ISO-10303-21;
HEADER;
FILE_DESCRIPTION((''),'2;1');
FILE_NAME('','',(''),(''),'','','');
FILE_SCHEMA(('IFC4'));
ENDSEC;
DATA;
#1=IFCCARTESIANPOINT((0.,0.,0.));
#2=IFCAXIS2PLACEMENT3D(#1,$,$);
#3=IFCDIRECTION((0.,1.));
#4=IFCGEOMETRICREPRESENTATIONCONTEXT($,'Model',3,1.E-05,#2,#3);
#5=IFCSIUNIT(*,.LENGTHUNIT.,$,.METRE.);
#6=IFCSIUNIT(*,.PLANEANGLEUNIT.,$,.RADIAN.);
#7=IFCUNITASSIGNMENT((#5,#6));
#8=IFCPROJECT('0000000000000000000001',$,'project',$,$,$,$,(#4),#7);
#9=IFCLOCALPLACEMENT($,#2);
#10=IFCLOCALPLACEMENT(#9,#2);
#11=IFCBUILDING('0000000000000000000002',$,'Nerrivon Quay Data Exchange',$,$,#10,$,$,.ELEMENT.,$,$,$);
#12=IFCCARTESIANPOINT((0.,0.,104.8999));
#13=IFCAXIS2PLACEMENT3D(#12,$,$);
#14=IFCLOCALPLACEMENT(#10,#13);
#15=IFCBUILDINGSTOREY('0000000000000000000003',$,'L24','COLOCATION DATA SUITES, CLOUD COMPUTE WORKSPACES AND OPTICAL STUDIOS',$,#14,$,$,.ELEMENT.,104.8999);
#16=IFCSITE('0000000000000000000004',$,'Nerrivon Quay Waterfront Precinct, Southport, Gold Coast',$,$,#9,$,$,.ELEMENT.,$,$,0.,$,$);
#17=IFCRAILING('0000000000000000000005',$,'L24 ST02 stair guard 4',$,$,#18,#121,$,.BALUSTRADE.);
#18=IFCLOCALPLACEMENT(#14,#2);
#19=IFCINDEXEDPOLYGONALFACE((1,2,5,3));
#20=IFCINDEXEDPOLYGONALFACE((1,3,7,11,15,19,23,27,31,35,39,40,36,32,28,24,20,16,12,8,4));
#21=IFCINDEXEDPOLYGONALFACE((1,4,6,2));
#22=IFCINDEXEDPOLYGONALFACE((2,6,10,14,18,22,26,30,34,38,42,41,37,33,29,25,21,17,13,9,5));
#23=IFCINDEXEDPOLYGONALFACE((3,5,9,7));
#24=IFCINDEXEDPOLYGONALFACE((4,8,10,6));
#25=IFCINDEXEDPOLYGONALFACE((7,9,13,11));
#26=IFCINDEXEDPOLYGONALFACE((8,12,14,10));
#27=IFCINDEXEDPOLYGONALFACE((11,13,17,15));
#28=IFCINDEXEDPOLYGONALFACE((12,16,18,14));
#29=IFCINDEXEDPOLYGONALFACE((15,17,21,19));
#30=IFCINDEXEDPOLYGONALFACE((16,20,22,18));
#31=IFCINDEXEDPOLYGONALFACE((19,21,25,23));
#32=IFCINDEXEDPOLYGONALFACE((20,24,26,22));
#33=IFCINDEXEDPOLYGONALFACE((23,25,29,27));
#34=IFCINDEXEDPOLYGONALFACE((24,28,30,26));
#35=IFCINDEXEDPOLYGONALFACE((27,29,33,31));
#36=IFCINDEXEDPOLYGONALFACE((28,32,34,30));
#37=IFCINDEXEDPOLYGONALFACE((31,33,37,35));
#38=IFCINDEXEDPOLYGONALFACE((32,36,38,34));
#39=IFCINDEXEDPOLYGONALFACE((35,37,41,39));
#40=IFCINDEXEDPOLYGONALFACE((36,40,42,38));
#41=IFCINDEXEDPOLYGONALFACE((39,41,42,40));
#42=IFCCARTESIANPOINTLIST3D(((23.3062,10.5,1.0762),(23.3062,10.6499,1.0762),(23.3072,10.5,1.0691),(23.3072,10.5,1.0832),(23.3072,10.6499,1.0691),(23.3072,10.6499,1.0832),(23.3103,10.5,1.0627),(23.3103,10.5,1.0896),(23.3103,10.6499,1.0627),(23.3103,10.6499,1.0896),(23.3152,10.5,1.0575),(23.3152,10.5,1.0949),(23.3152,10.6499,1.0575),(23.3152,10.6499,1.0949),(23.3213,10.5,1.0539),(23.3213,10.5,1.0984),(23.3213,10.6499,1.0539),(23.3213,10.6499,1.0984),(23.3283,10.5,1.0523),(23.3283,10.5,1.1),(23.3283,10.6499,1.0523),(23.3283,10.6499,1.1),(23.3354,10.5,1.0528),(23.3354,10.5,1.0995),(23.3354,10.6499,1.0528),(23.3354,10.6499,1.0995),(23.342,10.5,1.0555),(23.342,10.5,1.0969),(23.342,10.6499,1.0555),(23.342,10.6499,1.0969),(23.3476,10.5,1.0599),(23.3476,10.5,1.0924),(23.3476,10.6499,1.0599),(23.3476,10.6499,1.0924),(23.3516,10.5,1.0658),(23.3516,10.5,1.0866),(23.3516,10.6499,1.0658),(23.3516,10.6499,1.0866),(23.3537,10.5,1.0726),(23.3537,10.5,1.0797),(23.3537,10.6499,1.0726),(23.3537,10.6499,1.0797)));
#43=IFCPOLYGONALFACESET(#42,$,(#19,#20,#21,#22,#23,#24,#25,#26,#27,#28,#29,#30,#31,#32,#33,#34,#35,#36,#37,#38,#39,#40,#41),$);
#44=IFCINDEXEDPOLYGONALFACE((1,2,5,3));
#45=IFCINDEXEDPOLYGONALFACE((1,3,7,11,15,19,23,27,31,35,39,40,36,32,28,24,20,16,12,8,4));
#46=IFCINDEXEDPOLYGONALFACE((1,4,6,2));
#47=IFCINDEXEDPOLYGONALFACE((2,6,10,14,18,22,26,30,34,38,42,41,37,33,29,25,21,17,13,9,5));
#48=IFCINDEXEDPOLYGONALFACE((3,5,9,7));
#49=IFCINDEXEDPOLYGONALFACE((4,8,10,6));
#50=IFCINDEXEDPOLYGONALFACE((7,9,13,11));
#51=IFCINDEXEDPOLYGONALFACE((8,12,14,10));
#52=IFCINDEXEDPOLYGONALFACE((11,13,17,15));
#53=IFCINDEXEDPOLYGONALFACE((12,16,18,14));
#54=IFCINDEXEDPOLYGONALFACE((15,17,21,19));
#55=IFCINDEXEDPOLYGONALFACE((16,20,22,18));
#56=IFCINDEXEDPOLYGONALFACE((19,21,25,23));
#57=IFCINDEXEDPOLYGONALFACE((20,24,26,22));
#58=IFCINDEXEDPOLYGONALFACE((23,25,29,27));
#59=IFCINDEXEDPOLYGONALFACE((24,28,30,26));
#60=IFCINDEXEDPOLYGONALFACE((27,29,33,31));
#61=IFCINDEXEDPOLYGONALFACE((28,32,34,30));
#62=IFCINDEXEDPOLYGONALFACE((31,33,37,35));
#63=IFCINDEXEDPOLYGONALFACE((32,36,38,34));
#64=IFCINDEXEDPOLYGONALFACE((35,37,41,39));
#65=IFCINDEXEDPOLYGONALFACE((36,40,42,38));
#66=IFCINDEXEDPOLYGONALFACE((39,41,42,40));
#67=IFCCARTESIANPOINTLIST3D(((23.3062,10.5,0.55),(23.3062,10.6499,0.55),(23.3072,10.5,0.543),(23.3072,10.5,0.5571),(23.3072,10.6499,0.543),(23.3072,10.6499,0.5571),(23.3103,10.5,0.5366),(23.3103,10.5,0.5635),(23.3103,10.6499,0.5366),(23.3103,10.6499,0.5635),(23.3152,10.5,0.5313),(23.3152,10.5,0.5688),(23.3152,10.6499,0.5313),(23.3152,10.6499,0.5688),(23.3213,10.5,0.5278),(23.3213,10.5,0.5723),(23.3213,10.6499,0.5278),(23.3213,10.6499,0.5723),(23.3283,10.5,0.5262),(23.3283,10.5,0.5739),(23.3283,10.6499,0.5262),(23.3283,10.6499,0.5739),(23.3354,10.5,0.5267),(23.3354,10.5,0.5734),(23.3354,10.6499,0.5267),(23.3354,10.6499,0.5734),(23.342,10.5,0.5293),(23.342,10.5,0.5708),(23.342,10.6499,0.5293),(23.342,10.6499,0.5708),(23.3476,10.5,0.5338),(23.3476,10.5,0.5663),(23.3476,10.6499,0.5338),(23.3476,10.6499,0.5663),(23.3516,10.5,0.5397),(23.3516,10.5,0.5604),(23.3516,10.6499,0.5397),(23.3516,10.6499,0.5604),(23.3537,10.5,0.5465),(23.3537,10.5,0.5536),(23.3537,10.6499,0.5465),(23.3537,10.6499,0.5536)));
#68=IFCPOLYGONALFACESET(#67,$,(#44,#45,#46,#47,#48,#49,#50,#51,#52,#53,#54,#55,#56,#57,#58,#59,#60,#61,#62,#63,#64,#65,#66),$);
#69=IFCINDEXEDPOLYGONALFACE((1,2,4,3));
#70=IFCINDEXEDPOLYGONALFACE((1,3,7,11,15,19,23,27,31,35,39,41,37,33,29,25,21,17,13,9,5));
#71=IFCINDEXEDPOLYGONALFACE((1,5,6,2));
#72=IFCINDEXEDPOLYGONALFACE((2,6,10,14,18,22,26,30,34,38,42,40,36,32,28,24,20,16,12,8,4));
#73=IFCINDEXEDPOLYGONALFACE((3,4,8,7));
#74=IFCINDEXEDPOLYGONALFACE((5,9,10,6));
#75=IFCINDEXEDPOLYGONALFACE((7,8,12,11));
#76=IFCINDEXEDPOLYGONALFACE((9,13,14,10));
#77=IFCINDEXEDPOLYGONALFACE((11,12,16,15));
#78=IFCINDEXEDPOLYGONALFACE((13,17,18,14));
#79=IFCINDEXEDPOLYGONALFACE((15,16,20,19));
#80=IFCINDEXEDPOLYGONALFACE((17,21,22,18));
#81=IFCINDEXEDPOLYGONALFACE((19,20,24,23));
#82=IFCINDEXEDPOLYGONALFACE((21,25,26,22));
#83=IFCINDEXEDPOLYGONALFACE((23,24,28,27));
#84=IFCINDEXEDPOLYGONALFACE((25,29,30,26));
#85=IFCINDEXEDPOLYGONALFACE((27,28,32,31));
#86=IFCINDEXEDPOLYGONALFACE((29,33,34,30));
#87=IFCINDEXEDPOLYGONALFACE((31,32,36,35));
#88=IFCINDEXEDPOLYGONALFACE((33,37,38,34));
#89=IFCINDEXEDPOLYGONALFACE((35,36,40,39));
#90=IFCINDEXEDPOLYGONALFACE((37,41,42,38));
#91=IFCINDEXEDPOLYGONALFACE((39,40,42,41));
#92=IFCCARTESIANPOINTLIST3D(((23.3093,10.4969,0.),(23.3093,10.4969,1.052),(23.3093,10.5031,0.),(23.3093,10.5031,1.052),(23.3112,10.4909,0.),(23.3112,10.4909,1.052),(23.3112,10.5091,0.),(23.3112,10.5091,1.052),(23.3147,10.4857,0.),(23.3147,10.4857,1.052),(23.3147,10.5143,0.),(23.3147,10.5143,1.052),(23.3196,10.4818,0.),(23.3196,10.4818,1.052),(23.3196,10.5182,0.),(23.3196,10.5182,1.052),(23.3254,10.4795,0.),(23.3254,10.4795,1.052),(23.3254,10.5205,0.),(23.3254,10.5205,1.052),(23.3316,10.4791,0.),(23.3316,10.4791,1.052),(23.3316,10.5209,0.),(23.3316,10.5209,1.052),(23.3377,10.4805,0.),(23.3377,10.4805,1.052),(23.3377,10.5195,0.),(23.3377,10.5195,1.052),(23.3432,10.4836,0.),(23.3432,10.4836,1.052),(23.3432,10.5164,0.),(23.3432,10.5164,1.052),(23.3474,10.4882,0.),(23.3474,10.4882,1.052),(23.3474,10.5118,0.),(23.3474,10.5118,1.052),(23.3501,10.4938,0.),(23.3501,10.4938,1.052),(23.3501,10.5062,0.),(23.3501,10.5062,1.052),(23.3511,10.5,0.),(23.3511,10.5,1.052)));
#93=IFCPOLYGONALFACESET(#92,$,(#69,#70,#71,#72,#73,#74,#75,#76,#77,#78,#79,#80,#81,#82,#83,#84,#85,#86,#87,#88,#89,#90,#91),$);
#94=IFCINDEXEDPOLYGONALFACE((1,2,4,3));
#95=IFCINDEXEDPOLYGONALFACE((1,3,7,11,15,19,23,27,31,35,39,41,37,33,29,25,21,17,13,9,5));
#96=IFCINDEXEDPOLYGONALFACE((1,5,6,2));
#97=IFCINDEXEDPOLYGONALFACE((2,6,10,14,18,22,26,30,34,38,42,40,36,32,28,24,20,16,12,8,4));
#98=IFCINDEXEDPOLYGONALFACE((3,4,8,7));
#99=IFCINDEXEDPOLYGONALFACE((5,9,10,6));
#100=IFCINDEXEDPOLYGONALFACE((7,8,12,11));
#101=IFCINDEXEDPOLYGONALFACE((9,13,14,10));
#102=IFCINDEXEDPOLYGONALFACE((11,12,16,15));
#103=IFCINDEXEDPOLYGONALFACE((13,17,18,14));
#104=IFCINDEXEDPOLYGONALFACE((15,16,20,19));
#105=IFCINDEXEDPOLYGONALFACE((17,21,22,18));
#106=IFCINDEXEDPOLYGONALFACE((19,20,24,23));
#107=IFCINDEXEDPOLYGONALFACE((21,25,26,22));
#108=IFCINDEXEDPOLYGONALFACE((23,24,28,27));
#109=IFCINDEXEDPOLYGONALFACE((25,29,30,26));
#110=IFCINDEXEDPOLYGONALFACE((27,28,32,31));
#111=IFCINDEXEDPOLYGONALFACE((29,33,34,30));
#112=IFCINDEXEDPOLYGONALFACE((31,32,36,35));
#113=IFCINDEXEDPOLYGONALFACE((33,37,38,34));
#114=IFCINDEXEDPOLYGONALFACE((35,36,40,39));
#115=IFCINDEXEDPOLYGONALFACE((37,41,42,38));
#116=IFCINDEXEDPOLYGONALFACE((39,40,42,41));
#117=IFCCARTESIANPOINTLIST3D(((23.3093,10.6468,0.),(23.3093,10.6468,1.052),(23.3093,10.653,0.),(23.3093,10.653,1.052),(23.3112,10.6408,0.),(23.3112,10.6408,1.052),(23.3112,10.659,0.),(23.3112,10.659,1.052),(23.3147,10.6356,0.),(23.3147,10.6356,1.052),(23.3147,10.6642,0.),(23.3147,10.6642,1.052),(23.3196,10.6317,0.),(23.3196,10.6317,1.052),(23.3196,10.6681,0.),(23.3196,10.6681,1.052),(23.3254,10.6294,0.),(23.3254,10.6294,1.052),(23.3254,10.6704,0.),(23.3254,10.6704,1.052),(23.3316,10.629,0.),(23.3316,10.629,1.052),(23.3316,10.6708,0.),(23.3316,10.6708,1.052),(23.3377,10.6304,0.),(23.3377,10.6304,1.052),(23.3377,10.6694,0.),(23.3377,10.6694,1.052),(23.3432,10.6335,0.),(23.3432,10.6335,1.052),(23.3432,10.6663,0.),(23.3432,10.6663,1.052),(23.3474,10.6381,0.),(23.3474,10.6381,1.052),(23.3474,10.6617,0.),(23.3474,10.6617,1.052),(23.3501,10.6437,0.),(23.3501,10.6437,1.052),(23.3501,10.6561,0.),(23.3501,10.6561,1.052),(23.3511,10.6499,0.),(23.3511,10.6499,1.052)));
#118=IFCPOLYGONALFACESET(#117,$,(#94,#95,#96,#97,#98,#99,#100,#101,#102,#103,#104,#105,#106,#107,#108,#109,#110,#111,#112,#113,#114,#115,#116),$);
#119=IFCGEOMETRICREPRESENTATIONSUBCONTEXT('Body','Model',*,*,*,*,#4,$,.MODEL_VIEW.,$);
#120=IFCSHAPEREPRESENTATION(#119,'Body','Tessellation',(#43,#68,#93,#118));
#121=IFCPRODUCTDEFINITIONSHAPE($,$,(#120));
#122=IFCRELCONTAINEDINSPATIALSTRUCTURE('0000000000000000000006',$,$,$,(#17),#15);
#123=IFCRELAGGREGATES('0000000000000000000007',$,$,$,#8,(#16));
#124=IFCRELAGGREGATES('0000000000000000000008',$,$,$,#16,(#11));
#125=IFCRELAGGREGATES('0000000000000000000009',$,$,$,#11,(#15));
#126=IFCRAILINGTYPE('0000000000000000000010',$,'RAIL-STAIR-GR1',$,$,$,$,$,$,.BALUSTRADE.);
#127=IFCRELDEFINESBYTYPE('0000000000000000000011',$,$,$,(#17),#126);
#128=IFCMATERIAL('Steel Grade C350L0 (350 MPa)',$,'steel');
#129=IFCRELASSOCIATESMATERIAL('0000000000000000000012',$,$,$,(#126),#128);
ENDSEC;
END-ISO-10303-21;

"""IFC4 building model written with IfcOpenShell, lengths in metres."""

from ifc_helpers import new_model, si_unit, direction, frame, origin, origin_2d, place, context, subcontext, project, spatial, circle, extrude, material, type_object, element, save


model = new_model("IFC4")

# Units and contexts
model_context = context("Model", 3, precision=1e-05, world=origin(), true_north=direction((0.0, 1.0)))
body_context = subcontext(model_context, "Body", "Model", "MODEL_VIEW")
ifc_project = project(units=[si_unit("LENGTHUNIT", "METRE"), si_unit("PLANEANGLEUNIT", "RADIAN")], contexts=[model_context])

# Site, building, storey
site_placement = place(None, origin())
site = spatial("IfcSite", under=ifc_project, at=site_placement, Name="Nerrivon Quay Waterfront Precinct, Southport, Gold Coast", CompositionType="ELEMENT", RefElevation=0.0)
building_placement = place(site_placement, origin())
building = spatial("IfcBuilding", under=site, at=building_placement, Name="Nerrivon Quay Data Exchange", CompositionType="ELEMENT")
storey_placement = place(building_placement, frame((0.0, 0.0, 104.8999)))
storey = spatial("IfcBuildingStorey", under=building, at=storey_placement, Name="L24", Description="COLOCATION DATA SUITES, CLOUD COMPUTE WORKSPACES AND OPTICAL STUDIOS", CompositionType="ELEMENT", Elevation=104.8999)

# Railing
ifc_material_1 = material(Name="Steel Grade C350L0 (350 MPa)", Category="steel")
railing_type_1 = type_object("IfcRailingType", Name="RAIL-STAIR-GR1", PredefinedType="BALUSTRADE", material=ifc_material_1)
railing_1_placement = place(storey_placement, frame((23.3301, 10.5, 0.0)))
element("IfcRailing", 1, at=railing_1_placement, inside=storey, type_object=railing_type_1, Name="L24 ST02 stair guard 4", PredefinedType="BALUSTRADE", context=body_context, shape_type="SweptSolid", body=[
    extrude(circle(Radius=0.0239, at=origin_2d()), frame((0.0, 0.0, 1.0762), z_axis=(0.0, 1.0, 0.0), x_axis=(-1.0, 0.0, 0.0)), (0.0, 0.0, 1.0), 0.1499),
    extrude(circle(Radius=0.0239, at=origin_2d()), frame((0.0, 0.0, 0.55), z_axis=(0.0, 1.0, 0.0), x_axis=(-1.0, 0.0, 0.0)), (0.0, 0.0, 1.0), 0.1499),
    extrude(circle(Radius=0.021, at=origin_2d()), origin(), (0.0, 0.0, 1.0), 1.052),
    extrude(circle(Radius=0.021, at=origin_2d()), frame((0.0, 0.1499, 0.0)), (0.0, 0.0, 1.0), 1.052),
])

save(model, "model.ifc")
